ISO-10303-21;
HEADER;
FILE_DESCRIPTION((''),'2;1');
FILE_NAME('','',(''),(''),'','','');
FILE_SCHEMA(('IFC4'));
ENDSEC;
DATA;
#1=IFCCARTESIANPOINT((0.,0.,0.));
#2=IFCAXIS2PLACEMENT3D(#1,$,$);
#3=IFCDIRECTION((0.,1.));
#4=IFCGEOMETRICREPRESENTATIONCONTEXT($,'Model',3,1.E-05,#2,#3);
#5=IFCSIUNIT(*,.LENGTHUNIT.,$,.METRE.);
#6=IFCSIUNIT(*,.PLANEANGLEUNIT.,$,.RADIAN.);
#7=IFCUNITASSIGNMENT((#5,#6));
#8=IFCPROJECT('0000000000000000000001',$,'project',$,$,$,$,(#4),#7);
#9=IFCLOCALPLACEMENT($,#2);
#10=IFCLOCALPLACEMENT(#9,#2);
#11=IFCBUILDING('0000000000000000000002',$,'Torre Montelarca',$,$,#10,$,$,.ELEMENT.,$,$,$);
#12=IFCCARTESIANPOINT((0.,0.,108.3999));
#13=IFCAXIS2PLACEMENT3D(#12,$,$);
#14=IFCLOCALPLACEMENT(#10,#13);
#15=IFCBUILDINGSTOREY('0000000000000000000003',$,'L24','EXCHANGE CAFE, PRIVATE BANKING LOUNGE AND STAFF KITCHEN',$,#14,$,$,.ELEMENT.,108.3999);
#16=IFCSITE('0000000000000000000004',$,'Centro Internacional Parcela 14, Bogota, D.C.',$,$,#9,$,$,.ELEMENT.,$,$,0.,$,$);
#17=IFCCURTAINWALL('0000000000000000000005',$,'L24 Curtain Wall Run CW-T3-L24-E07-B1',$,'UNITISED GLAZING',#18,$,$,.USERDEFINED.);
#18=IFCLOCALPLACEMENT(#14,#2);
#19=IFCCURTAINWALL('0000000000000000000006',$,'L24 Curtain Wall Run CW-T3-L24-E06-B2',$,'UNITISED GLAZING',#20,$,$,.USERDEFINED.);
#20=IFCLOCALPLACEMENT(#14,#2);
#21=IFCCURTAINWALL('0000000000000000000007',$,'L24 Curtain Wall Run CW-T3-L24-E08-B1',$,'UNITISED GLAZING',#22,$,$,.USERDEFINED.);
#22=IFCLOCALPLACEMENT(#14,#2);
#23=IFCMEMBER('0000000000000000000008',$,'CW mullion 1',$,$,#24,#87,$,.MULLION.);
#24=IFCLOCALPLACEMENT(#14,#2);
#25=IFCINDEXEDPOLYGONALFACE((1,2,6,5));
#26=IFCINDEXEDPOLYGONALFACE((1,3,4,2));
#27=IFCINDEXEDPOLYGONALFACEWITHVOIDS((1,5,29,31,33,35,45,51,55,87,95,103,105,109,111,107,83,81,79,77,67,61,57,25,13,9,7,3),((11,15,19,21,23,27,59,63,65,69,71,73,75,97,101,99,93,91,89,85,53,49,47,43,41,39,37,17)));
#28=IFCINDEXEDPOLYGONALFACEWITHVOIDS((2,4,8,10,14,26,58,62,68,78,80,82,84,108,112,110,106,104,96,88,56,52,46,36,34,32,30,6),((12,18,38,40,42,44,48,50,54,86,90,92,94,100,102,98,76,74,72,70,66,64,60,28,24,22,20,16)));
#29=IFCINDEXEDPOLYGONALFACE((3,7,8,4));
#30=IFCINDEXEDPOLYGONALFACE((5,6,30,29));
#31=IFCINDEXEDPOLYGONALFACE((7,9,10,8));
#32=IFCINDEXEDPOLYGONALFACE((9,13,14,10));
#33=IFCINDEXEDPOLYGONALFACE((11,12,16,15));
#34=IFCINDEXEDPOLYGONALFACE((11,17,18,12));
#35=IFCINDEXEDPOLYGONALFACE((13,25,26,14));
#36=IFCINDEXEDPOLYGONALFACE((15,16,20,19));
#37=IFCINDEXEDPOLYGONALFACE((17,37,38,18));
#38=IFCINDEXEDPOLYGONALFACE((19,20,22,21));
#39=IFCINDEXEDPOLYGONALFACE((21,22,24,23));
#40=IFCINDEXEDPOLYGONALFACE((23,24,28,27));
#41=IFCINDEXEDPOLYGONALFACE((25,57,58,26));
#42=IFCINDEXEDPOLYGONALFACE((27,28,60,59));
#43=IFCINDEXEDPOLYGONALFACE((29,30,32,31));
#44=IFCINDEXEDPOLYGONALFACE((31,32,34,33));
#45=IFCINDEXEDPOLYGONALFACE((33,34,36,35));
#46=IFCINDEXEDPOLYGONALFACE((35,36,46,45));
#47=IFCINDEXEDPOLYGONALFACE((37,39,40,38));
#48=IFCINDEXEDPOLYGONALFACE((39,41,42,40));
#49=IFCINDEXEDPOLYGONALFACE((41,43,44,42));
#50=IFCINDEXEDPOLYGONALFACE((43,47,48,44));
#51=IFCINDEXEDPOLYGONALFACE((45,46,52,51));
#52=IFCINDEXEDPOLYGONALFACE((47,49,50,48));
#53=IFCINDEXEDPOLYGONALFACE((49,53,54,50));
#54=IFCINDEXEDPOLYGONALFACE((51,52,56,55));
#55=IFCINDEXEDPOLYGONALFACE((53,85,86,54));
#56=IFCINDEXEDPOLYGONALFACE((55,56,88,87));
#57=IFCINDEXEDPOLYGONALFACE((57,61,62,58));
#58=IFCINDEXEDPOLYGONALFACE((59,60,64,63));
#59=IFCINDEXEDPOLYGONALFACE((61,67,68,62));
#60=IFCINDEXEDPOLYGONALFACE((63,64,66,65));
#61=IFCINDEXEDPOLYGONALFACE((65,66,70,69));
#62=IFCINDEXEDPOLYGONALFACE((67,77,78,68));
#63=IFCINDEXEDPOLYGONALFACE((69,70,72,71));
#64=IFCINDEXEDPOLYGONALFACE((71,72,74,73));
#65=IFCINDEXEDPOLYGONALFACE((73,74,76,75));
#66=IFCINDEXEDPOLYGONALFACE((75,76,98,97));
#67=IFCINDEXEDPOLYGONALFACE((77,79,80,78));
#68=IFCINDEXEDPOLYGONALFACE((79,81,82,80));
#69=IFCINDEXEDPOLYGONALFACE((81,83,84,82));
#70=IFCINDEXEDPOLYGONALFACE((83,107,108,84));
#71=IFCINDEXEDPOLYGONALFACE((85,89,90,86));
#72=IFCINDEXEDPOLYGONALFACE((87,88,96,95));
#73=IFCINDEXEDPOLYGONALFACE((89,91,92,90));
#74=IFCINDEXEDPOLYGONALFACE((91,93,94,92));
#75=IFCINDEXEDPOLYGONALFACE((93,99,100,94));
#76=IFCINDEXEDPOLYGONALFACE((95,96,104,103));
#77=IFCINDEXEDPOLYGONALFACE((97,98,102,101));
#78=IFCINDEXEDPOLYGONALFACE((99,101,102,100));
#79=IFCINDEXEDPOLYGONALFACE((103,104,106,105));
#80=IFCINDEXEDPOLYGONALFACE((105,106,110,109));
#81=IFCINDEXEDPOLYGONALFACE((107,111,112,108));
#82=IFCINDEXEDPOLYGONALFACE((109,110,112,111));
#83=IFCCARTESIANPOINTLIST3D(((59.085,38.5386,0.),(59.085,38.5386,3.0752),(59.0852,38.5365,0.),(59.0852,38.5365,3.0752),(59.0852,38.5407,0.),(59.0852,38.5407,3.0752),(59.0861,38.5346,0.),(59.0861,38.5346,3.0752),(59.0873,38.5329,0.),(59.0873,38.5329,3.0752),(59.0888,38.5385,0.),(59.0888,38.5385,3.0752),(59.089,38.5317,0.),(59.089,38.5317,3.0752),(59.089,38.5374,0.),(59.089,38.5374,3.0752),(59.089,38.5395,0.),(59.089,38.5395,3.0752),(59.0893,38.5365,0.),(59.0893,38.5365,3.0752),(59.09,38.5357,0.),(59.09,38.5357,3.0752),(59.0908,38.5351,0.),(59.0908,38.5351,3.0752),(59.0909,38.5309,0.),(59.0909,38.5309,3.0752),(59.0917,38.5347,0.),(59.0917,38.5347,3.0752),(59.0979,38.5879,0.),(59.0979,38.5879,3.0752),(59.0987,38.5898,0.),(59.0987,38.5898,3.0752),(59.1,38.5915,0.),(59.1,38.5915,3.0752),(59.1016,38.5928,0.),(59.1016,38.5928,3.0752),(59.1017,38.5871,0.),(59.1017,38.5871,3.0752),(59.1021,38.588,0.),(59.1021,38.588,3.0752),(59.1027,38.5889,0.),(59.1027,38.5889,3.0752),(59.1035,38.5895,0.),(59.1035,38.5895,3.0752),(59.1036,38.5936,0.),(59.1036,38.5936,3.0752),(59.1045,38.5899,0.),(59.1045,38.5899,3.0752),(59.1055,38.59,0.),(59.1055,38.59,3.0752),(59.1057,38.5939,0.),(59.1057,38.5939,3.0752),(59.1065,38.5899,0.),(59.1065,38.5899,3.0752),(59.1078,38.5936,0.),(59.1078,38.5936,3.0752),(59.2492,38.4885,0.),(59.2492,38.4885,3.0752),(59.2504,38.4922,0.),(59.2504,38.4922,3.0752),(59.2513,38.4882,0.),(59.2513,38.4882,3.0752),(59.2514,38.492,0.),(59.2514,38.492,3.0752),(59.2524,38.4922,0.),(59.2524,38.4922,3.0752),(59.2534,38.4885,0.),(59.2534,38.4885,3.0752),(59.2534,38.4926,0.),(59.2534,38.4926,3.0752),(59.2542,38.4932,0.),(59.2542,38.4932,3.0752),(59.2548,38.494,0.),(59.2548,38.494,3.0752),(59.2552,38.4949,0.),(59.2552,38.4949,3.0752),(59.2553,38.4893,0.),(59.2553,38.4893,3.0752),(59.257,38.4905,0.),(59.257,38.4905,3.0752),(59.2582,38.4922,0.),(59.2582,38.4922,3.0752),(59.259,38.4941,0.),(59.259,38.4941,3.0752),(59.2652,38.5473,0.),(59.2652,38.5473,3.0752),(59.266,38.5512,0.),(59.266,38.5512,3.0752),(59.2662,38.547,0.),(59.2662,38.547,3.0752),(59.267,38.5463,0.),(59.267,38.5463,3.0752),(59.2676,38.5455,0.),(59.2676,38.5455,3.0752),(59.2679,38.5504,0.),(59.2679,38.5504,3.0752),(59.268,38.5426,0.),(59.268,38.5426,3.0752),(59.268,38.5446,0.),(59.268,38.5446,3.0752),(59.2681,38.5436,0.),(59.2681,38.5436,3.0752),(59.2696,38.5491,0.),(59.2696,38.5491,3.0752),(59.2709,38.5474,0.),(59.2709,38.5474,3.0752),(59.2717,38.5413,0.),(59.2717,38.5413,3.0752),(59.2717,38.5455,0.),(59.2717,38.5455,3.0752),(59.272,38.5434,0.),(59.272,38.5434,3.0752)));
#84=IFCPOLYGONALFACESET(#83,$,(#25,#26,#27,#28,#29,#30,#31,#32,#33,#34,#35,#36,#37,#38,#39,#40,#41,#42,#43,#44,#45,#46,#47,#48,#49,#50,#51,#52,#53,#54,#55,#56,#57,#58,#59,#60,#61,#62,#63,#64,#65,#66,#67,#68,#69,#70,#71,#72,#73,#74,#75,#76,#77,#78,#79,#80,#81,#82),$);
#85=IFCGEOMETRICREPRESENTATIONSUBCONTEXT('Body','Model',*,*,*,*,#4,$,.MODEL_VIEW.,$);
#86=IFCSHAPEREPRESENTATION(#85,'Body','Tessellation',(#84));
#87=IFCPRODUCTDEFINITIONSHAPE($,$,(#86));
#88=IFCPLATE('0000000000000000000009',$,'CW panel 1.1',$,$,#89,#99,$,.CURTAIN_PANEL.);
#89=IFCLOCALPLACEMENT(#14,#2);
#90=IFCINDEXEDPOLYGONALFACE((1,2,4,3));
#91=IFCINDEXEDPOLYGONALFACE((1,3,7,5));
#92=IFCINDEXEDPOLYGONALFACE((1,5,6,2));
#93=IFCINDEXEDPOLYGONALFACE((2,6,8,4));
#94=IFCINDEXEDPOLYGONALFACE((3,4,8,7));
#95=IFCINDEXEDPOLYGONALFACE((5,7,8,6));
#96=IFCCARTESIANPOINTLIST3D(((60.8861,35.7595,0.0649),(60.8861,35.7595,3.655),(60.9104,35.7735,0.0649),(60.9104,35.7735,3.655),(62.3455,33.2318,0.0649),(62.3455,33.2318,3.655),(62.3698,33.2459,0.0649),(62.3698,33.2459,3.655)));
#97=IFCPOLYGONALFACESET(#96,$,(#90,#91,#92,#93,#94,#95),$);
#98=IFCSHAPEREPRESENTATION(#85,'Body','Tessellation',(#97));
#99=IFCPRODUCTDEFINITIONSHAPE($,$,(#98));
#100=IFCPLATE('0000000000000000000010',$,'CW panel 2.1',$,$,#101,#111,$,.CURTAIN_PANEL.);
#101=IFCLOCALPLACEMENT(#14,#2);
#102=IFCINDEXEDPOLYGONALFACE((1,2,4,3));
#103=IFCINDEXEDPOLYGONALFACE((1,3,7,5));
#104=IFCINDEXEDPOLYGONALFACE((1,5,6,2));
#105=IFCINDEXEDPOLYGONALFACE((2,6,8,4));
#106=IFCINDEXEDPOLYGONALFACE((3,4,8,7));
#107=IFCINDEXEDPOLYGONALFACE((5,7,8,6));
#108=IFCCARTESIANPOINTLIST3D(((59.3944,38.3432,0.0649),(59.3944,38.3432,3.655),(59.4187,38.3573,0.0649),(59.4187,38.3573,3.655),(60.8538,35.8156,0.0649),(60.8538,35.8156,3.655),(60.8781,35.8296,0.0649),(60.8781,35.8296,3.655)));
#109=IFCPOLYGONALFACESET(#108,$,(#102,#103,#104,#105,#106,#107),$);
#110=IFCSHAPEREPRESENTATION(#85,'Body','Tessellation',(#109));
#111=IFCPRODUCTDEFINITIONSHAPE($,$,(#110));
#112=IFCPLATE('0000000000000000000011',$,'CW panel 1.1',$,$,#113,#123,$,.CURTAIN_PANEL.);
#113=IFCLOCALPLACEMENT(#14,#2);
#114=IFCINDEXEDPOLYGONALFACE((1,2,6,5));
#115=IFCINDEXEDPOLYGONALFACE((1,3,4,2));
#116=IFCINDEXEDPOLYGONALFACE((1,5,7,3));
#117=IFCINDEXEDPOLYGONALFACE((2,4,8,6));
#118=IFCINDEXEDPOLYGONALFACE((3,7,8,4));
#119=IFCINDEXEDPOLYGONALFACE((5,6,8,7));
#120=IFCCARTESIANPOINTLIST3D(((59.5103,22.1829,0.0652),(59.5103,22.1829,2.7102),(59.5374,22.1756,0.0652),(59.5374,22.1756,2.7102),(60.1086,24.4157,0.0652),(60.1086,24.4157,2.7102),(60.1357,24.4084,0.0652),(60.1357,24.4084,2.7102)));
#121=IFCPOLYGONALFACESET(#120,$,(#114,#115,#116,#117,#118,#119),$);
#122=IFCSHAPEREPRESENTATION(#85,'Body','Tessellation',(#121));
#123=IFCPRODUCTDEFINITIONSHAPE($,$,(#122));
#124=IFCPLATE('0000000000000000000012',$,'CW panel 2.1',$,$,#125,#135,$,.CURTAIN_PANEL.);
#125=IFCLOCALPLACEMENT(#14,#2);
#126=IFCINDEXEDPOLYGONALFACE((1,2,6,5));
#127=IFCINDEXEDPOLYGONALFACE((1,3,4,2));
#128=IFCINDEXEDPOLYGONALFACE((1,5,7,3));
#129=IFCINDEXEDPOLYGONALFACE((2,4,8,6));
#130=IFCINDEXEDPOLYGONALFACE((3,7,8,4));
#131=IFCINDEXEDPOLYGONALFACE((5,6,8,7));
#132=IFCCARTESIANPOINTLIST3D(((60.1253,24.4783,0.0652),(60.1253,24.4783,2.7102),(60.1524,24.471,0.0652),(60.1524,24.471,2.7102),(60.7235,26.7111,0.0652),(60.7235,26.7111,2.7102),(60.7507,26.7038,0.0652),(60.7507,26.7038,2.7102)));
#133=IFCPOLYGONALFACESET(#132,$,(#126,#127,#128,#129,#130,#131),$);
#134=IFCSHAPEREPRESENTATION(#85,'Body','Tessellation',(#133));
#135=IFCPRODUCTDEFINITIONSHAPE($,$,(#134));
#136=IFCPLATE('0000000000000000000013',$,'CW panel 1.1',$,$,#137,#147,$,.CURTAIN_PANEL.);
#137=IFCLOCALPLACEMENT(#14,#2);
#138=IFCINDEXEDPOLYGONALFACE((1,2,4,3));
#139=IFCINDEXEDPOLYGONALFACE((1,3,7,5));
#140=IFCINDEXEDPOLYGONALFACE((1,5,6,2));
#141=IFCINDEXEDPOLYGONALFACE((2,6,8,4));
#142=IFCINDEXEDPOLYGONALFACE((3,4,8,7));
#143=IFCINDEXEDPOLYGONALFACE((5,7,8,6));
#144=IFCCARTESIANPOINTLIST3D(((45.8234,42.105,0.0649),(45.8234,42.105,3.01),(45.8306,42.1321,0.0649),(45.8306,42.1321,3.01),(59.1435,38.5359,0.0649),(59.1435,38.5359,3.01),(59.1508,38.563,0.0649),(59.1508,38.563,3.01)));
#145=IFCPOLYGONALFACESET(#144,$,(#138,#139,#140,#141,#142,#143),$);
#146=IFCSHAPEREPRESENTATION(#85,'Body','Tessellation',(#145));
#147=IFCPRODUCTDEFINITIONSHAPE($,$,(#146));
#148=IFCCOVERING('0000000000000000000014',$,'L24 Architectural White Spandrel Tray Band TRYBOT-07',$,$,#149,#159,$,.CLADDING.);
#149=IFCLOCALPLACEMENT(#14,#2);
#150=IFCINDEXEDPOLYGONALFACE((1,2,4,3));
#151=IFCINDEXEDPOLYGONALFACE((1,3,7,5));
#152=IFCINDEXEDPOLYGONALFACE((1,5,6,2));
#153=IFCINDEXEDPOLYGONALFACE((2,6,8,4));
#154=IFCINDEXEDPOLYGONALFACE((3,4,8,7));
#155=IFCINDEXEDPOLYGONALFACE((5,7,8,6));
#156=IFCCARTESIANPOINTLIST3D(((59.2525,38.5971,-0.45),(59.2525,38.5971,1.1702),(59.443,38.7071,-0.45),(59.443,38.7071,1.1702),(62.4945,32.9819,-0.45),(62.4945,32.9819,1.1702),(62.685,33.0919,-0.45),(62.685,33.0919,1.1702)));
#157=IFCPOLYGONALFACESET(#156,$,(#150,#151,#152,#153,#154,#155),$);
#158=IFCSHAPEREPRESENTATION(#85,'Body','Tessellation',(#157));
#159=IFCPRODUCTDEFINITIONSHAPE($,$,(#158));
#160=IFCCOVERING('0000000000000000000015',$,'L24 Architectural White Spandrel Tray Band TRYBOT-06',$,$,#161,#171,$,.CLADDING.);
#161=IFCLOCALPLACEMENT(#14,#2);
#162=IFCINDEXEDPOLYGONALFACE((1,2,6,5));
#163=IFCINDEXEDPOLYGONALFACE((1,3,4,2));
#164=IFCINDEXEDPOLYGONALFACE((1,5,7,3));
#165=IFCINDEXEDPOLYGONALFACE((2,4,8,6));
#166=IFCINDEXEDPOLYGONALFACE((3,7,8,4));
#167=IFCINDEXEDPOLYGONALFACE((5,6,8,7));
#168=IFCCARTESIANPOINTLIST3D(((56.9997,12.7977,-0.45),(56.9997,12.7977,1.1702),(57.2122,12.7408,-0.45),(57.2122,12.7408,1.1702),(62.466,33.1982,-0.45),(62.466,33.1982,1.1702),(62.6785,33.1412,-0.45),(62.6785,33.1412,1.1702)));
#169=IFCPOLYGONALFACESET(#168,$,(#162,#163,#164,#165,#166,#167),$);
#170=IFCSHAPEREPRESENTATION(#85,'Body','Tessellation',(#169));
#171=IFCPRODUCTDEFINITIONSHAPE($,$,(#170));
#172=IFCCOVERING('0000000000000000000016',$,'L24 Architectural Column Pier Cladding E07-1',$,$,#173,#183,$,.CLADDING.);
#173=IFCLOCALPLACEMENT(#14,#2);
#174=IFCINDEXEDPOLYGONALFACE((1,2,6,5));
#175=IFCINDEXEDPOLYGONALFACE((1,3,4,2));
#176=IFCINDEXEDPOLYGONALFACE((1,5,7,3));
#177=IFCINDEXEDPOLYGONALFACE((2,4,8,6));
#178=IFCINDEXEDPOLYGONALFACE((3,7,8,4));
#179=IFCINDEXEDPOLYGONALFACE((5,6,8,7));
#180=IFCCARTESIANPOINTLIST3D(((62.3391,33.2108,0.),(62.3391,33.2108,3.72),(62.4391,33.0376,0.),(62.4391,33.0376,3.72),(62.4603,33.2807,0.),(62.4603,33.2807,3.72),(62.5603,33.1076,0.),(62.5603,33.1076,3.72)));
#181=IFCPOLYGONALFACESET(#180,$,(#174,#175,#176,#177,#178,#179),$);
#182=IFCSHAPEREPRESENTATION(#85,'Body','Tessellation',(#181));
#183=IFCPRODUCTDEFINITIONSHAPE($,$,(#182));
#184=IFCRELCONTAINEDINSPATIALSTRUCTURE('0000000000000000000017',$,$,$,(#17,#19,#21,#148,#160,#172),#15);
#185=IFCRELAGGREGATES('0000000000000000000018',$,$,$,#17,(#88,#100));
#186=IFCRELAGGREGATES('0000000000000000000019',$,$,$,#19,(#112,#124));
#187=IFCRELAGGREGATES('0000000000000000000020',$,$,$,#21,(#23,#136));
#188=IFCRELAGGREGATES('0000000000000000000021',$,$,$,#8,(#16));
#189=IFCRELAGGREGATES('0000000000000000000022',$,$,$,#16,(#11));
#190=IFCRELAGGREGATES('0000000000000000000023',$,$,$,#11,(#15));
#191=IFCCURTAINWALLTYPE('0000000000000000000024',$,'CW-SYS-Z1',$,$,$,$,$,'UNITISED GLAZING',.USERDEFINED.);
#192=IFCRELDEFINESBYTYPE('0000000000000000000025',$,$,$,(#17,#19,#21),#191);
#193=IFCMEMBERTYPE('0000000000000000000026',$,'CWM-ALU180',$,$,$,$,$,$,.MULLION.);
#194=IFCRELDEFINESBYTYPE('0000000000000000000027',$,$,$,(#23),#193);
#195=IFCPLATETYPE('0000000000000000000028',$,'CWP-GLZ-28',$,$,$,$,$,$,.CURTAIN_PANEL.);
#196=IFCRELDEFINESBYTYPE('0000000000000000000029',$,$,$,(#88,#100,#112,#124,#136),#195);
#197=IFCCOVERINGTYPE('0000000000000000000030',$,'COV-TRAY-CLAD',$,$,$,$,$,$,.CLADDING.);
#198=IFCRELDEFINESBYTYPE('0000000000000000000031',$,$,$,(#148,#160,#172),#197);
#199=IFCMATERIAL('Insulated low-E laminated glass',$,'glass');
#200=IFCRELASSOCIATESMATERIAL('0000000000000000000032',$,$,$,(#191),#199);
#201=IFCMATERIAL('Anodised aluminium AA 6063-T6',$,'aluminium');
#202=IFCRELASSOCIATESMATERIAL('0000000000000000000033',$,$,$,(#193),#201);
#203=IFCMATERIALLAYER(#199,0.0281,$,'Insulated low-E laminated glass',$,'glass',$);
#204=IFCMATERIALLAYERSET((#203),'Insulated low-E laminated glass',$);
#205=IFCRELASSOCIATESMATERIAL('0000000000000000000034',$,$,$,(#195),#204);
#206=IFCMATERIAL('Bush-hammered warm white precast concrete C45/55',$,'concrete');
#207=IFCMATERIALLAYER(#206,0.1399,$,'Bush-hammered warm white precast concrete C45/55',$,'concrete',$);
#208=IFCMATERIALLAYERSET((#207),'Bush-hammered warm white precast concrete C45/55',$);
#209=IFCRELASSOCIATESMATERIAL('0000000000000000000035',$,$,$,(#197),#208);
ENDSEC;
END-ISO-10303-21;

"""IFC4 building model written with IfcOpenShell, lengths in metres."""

from ifc_helpers import new_model, si_unit, direction, frame, origin, origin_2d, place, context, subcontext, project, spatial, rectangle, hollow_rectangle, extrude, source, transform, mapped, material, layer, layer_set, material_profile, profile_set, type_object, element, aggregate, save


model = new_model("IFC4")

# Units and contexts
model_context = context("Model", 3, precision=1e-05, world=origin(), true_north=direction((0.0, 1.0)))
body_context = subcontext(model_context, "Body", "Model", "MODEL_VIEW")
ifc_project = project(units=[si_unit("LENGTHUNIT", "METRE"), si_unit("PLANEANGLEUNIT", "RADIAN")], contexts=[model_context])

# Site, building, storey
site_placement = place(None, origin())
site = spatial("IfcSite", under=ifc_project, at=site_placement, Name="Centro Internacional Parcela 14, Bogota, D.C.", CompositionType="ELEMENT", RefElevation=0.0)
building_placement = place(site_placement, origin())
building = spatial("IfcBuilding", under=site, at=building_placement, Name="Torre Montelarca", CompositionType="ELEMENT")
storey_placement = place(building_placement, frame((0.0, 0.0, 108.3999)))
storey = spatial("IfcBuildingStorey", under=building, at=storey_placement, Name="L24", Description="EXCHANGE CAFE, PRIVATE BANKING LOUNGE AND STAFF KITCHEN", CompositionType="ELEMENT", Elevation=108.3999)

# Curtain walls
ifc_material_1 = material(Name="Insulated low-E laminated glass", Category="glass")
curtain_wall_type = type_object("IfcCurtainWallType", Name="CW-SYS-Z1", ElementType="UNITISED GLAZING", PredefinedType="USERDEFINED", material=ifc_material_1)
curtain_wall_1_placement = place(storey_placement, origin())
curtain_wall_1 = element("IfcCurtainWall", 1, at=curtain_wall_1_placement, inside=storey, type_object=curtain_wall_type, Name="L24 Curtain Wall Run CW-T3-L24-E07-B1", ObjectType="UNITISED GLAZING", PredefinedType="USERDEFINED")
ifc_material_2 = material(Name="Anodised aluminium AA 6063-T6", Category="aluminium")
curtain_wall_2_placement = place(storey_placement, origin())
curtain_wall_2 = element("IfcCurtainWall", 2, at=curtain_wall_2_placement, inside=storey, type_object=curtain_wall_type, Name="L24 Curtain Wall Run CW-T3-L24-E06-B2", ObjectType="UNITISED GLAZING", PredefinedType="USERDEFINED")
curtain_wall_3_placement = place(storey_placement, origin())
curtain_wall_3 = element("IfcCurtainWall", 3, at=curtain_wall_3_placement, inside=storey, type_object=curtain_wall_type, Name="L24 Curtain Wall Run CW-T3-L24-E08-B1", ObjectType="UNITISED GLAZING", PredefinedType="USERDEFINED")

# Member
ifc_material_profile_1 = material_profile(ifc_material_2, hollow_rectangle(XDim=0.0649, YDim=0.1799, WallThickness=0.0039, InnerFilletRadius=0.0039, OuterFilletRadius=0.0081, at=origin_2d()), Name="ALU65X180X4", Category="aluminium")
ifc_profile_set_1 = profile_set([ifc_material_profile_1], Name="Anodised aluminium AA 6063-T6")
member_type_1 = type_object("IfcMemberType", Name="CWM-ALU180", PredefinedType="MULLION", material=ifc_profile_set_1)
shared_shape_1 = source(origin(), body_context, "Body", "SweptSolid", [
    extrude(hollow_rectangle(XDim=0.0649, YDim=0.1799, WallThickness=0.0039, InnerFilletRadius=0.0039, OuterFilletRadius=0.0081, at=origin_2d()), origin(), (0.0, 0.0, 1.0), 3.0752),
])
member_1_placement = place(storey_placement, frame((59.1785, 38.541, 0.0), z_axis=(0.0, 0.0, 1.0), x_axis=(-0.25882, -0.965926, 0.0)))
member_1 = element("IfcMember", 4, at=member_1_placement, type_object=member_type_1, Name="CW mullion 1", PredefinedType="MULLION", context=body_context, shape_type="MappedRepresentation", body=[
    mapped(shared_shape_1, transform((0.0, 0.0, 0.0), scale=1.0)),
])

# Plates
ifc_layer_1 = layer(ifc_material_1, 0.0281, Name="Insulated low-E laminated glass", Category="glass")
ifc_layer_set_1 = layer_set([ifc_layer_1], Name="Insulated low-E laminated glass")
plate_type = type_object("IfcPlateType", Name="CWP-GLZ-28", PredefinedType="CURTAIN_PANEL", material=ifc_layer_set_1)
shared_shape_2 = source(origin(), body_context, "Body", "SweptSolid", [
    extrude(rectangle(XDim=2.9187, YDim=0.0281, at=origin_2d()), origin(), (0.0, 0.0, 1.0), 3.5901),
])
plate_1_placement = place(storey_placement, frame((61.6279, 34.5027, 0.0649), z_axis=(0.0, 0.0, 1.0), x_axis=(-0.500008, 0.866021, 0.0)))
plate_1 = element("IfcPlate", 5, at=plate_1_placement, type_object=plate_type, Name="CW panel 1.1", PredefinedType="CURTAIN_PANEL", context=body_context, shape_type="MappedRepresentation", body=[
    mapped(shared_shape_2, transform((0.0, 0.0, 0.0), scale=1.0)),
])
plate_2_placement = place(storey_placement, frame((60.1362, 37.0864, 0.0649), z_axis=(0.0, 0.0, 1.0), x_axis=(-0.500008, 0.866021, 0.0)))
plate_2 = element("IfcPlate", 6, at=plate_2_placement, type_object=plate_type, Name="CW panel 2.1", PredefinedType="CURTAIN_PANEL", context=body_context, shape_type="MappedRepresentation", body=[
    mapped(shared_shape_2, transform((0.0, 0.0, 0.0), scale=1.0)),
])
aggregate(curtain_wall_1, [plate_1, plate_2])
shared_shape_3 = source(origin(), body_context, "Body", "SweptSolid", [
    extrude(rectangle(XDim=2.3115, YDim=0.0281, at=origin_2d()), origin(), (0.0, 0.0, 1.0), 2.645),
])
plate_3_placement = place(storey_placement, frame((59.823, 23.2957, 0.0652), z_axis=(0.0, 0.0, 1.0), x_axis=(0.258803, 0.96593, 0.0)))
plate_3 = element("IfcPlate", 7, at=plate_3_placement, type_object=plate_type, Name="CW panel 1.1", PredefinedType="CURTAIN_PANEL", context=body_context, shape_type="MappedRepresentation", body=[
    mapped(shared_shape_3, transform((0.0, 0.0, 0.0), scale=1.0)),
])
plate_4_placement = place(storey_placement, frame((60.438, 25.5911, 0.0652), z_axis=(0.0, 0.0, 1.0), x_axis=(0.258803, 0.96593, 0.0)))
plate_4 = element("IfcPlate", 8, at=plate_4_placement, type_object=plate_type, Name="CW panel 2.1", PredefinedType="CURTAIN_PANEL", context=body_context, shape_type="MappedRepresentation", body=[
    mapped(shared_shape_3, transform((0.0, 0.0, 0.0), scale=1.0)),
])
aggregate(curtain_wall_2, [plate_3, plate_4])
shared_shape_4 = source(origin(), body_context, "Body", "SweptSolid", [
    extrude(rectangle(XDim=13.79, YDim=0.0281, at=origin_2d()), origin(), (0.0, 0.0, 1.0), 2.9451),
])
plate_5_placement = place(storey_placement, frame((52.4871, 40.334, 0.0649), z_axis=(0.0, 0.0, 1.0), x_axis=(-0.965926, 0.25882, 0.0)))
plate_5 = element("IfcPlate", 9, at=plate_5_placement, type_object=plate_type, Name="CW panel 1.1", PredefinedType="CURTAIN_PANEL", context=body_context, shape_type="MappedRepresentation", body=[
    mapped(shared_shape_4, transform((0.0, 0.0, 0.0), scale=1.0)),
])
aggregate(curtain_wall_3, [member_1, plate_5])

# Coverings
ifc_material_3 = material(Name="Bush-hammered warm white precast concrete C45/55", Category="concrete")
ifc_layer_2 = layer(ifc_material_3, 0.1399, Name="Bush-hammered warm white precast concrete C45/55", Category="concrete")
ifc_layer_set_2 = layer_set([ifc_layer_2], Name="Bush-hammered warm white precast concrete C45/55")
covering_type = type_object("IfcCoveringType", Name="COV-TRAY-CLAD", PredefinedType="CLADDING", material=ifc_layer_set_2)
shared_shape_5 = source(origin(), body_context, "Body", "SweptSolid", [
    extrude(rectangle(XDim=6.4839, YDim=0.22, at=origin_2d()), origin(), (0.0, 0.0, 1.0), 1.6201),
])
covering_1_placement = place(storey_placement, frame((60.9688, 35.8445, -0.45), z_axis=(0.0, 0.0, 1.0), x_axis=(-0.500006, 0.866022, 0.0)))
element("IfcCovering", 10, at=covering_1_placement, inside=storey, type_object=covering_type, Name="L24 Architectural White Spandrel Tray Band TRYBOT-07", PredefinedType="CLADDING", context=body_context, shape_type="MappedRepresentation", body=[
    mapped(shared_shape_5, transform((0.0, 0.0, 0.0), scale=1.0)),
])
shared_shape_6 = source(origin(), body_context, "Body", "SweptSolid", [
    extrude(rectangle(XDim=21.1201, YDim=0.22, at=origin_2d()), origin(), (0.0, 0.0, 1.0), 1.6201),
])
covering_2_placement = place(storey_placement, frame((59.8391, 22.9695, -0.45), z_axis=(0.0, 0.0, 1.0), x_axis=(0.258819, 0.965926, 0.0)))
element("IfcCovering", 11, at=covering_2_placement, inside=storey, type_object=covering_type, Name="L24 Architectural White Spandrel Tray Band TRYBOT-06", PredefinedType="CLADDING", context=body_context, shape_type="MappedRepresentation", body=[
    mapped(shared_shape_6, transform((0.0, 0.0, 0.0), scale=1.0)),
])
shared_shape_7 = source(origin(), body_context, "Body", "SweptSolid", [
    extrude(rectangle(XDim=0.2, YDim=0.1399, at=origin_2d()), origin(), (0.0, 0.0, 1.0), 3.72),
])
for number, where, z_axis, x_axis, name in (
    (12, (62.4497, 33.1592, 0.0), (0.0, 0.0, 1.0), (-0.500008, 0.866021, 0.0), "L24 Architectural Column Pier Cladding E07-1"),
):
    element("IfcCovering", number, at=place(storey_placement, frame(where, z_axis=z_axis, x_axis=x_axis)), inside=storey, type_object=covering_type, Name=name, PredefinedType="CLADDING", context=body_context, shape_type="MappedRepresentation", body=[
        mapped(shared_shape_7, transform((0.0, 0.0, 0.0), scale=1.0)),
    ])

save(model, "model.ifc")
